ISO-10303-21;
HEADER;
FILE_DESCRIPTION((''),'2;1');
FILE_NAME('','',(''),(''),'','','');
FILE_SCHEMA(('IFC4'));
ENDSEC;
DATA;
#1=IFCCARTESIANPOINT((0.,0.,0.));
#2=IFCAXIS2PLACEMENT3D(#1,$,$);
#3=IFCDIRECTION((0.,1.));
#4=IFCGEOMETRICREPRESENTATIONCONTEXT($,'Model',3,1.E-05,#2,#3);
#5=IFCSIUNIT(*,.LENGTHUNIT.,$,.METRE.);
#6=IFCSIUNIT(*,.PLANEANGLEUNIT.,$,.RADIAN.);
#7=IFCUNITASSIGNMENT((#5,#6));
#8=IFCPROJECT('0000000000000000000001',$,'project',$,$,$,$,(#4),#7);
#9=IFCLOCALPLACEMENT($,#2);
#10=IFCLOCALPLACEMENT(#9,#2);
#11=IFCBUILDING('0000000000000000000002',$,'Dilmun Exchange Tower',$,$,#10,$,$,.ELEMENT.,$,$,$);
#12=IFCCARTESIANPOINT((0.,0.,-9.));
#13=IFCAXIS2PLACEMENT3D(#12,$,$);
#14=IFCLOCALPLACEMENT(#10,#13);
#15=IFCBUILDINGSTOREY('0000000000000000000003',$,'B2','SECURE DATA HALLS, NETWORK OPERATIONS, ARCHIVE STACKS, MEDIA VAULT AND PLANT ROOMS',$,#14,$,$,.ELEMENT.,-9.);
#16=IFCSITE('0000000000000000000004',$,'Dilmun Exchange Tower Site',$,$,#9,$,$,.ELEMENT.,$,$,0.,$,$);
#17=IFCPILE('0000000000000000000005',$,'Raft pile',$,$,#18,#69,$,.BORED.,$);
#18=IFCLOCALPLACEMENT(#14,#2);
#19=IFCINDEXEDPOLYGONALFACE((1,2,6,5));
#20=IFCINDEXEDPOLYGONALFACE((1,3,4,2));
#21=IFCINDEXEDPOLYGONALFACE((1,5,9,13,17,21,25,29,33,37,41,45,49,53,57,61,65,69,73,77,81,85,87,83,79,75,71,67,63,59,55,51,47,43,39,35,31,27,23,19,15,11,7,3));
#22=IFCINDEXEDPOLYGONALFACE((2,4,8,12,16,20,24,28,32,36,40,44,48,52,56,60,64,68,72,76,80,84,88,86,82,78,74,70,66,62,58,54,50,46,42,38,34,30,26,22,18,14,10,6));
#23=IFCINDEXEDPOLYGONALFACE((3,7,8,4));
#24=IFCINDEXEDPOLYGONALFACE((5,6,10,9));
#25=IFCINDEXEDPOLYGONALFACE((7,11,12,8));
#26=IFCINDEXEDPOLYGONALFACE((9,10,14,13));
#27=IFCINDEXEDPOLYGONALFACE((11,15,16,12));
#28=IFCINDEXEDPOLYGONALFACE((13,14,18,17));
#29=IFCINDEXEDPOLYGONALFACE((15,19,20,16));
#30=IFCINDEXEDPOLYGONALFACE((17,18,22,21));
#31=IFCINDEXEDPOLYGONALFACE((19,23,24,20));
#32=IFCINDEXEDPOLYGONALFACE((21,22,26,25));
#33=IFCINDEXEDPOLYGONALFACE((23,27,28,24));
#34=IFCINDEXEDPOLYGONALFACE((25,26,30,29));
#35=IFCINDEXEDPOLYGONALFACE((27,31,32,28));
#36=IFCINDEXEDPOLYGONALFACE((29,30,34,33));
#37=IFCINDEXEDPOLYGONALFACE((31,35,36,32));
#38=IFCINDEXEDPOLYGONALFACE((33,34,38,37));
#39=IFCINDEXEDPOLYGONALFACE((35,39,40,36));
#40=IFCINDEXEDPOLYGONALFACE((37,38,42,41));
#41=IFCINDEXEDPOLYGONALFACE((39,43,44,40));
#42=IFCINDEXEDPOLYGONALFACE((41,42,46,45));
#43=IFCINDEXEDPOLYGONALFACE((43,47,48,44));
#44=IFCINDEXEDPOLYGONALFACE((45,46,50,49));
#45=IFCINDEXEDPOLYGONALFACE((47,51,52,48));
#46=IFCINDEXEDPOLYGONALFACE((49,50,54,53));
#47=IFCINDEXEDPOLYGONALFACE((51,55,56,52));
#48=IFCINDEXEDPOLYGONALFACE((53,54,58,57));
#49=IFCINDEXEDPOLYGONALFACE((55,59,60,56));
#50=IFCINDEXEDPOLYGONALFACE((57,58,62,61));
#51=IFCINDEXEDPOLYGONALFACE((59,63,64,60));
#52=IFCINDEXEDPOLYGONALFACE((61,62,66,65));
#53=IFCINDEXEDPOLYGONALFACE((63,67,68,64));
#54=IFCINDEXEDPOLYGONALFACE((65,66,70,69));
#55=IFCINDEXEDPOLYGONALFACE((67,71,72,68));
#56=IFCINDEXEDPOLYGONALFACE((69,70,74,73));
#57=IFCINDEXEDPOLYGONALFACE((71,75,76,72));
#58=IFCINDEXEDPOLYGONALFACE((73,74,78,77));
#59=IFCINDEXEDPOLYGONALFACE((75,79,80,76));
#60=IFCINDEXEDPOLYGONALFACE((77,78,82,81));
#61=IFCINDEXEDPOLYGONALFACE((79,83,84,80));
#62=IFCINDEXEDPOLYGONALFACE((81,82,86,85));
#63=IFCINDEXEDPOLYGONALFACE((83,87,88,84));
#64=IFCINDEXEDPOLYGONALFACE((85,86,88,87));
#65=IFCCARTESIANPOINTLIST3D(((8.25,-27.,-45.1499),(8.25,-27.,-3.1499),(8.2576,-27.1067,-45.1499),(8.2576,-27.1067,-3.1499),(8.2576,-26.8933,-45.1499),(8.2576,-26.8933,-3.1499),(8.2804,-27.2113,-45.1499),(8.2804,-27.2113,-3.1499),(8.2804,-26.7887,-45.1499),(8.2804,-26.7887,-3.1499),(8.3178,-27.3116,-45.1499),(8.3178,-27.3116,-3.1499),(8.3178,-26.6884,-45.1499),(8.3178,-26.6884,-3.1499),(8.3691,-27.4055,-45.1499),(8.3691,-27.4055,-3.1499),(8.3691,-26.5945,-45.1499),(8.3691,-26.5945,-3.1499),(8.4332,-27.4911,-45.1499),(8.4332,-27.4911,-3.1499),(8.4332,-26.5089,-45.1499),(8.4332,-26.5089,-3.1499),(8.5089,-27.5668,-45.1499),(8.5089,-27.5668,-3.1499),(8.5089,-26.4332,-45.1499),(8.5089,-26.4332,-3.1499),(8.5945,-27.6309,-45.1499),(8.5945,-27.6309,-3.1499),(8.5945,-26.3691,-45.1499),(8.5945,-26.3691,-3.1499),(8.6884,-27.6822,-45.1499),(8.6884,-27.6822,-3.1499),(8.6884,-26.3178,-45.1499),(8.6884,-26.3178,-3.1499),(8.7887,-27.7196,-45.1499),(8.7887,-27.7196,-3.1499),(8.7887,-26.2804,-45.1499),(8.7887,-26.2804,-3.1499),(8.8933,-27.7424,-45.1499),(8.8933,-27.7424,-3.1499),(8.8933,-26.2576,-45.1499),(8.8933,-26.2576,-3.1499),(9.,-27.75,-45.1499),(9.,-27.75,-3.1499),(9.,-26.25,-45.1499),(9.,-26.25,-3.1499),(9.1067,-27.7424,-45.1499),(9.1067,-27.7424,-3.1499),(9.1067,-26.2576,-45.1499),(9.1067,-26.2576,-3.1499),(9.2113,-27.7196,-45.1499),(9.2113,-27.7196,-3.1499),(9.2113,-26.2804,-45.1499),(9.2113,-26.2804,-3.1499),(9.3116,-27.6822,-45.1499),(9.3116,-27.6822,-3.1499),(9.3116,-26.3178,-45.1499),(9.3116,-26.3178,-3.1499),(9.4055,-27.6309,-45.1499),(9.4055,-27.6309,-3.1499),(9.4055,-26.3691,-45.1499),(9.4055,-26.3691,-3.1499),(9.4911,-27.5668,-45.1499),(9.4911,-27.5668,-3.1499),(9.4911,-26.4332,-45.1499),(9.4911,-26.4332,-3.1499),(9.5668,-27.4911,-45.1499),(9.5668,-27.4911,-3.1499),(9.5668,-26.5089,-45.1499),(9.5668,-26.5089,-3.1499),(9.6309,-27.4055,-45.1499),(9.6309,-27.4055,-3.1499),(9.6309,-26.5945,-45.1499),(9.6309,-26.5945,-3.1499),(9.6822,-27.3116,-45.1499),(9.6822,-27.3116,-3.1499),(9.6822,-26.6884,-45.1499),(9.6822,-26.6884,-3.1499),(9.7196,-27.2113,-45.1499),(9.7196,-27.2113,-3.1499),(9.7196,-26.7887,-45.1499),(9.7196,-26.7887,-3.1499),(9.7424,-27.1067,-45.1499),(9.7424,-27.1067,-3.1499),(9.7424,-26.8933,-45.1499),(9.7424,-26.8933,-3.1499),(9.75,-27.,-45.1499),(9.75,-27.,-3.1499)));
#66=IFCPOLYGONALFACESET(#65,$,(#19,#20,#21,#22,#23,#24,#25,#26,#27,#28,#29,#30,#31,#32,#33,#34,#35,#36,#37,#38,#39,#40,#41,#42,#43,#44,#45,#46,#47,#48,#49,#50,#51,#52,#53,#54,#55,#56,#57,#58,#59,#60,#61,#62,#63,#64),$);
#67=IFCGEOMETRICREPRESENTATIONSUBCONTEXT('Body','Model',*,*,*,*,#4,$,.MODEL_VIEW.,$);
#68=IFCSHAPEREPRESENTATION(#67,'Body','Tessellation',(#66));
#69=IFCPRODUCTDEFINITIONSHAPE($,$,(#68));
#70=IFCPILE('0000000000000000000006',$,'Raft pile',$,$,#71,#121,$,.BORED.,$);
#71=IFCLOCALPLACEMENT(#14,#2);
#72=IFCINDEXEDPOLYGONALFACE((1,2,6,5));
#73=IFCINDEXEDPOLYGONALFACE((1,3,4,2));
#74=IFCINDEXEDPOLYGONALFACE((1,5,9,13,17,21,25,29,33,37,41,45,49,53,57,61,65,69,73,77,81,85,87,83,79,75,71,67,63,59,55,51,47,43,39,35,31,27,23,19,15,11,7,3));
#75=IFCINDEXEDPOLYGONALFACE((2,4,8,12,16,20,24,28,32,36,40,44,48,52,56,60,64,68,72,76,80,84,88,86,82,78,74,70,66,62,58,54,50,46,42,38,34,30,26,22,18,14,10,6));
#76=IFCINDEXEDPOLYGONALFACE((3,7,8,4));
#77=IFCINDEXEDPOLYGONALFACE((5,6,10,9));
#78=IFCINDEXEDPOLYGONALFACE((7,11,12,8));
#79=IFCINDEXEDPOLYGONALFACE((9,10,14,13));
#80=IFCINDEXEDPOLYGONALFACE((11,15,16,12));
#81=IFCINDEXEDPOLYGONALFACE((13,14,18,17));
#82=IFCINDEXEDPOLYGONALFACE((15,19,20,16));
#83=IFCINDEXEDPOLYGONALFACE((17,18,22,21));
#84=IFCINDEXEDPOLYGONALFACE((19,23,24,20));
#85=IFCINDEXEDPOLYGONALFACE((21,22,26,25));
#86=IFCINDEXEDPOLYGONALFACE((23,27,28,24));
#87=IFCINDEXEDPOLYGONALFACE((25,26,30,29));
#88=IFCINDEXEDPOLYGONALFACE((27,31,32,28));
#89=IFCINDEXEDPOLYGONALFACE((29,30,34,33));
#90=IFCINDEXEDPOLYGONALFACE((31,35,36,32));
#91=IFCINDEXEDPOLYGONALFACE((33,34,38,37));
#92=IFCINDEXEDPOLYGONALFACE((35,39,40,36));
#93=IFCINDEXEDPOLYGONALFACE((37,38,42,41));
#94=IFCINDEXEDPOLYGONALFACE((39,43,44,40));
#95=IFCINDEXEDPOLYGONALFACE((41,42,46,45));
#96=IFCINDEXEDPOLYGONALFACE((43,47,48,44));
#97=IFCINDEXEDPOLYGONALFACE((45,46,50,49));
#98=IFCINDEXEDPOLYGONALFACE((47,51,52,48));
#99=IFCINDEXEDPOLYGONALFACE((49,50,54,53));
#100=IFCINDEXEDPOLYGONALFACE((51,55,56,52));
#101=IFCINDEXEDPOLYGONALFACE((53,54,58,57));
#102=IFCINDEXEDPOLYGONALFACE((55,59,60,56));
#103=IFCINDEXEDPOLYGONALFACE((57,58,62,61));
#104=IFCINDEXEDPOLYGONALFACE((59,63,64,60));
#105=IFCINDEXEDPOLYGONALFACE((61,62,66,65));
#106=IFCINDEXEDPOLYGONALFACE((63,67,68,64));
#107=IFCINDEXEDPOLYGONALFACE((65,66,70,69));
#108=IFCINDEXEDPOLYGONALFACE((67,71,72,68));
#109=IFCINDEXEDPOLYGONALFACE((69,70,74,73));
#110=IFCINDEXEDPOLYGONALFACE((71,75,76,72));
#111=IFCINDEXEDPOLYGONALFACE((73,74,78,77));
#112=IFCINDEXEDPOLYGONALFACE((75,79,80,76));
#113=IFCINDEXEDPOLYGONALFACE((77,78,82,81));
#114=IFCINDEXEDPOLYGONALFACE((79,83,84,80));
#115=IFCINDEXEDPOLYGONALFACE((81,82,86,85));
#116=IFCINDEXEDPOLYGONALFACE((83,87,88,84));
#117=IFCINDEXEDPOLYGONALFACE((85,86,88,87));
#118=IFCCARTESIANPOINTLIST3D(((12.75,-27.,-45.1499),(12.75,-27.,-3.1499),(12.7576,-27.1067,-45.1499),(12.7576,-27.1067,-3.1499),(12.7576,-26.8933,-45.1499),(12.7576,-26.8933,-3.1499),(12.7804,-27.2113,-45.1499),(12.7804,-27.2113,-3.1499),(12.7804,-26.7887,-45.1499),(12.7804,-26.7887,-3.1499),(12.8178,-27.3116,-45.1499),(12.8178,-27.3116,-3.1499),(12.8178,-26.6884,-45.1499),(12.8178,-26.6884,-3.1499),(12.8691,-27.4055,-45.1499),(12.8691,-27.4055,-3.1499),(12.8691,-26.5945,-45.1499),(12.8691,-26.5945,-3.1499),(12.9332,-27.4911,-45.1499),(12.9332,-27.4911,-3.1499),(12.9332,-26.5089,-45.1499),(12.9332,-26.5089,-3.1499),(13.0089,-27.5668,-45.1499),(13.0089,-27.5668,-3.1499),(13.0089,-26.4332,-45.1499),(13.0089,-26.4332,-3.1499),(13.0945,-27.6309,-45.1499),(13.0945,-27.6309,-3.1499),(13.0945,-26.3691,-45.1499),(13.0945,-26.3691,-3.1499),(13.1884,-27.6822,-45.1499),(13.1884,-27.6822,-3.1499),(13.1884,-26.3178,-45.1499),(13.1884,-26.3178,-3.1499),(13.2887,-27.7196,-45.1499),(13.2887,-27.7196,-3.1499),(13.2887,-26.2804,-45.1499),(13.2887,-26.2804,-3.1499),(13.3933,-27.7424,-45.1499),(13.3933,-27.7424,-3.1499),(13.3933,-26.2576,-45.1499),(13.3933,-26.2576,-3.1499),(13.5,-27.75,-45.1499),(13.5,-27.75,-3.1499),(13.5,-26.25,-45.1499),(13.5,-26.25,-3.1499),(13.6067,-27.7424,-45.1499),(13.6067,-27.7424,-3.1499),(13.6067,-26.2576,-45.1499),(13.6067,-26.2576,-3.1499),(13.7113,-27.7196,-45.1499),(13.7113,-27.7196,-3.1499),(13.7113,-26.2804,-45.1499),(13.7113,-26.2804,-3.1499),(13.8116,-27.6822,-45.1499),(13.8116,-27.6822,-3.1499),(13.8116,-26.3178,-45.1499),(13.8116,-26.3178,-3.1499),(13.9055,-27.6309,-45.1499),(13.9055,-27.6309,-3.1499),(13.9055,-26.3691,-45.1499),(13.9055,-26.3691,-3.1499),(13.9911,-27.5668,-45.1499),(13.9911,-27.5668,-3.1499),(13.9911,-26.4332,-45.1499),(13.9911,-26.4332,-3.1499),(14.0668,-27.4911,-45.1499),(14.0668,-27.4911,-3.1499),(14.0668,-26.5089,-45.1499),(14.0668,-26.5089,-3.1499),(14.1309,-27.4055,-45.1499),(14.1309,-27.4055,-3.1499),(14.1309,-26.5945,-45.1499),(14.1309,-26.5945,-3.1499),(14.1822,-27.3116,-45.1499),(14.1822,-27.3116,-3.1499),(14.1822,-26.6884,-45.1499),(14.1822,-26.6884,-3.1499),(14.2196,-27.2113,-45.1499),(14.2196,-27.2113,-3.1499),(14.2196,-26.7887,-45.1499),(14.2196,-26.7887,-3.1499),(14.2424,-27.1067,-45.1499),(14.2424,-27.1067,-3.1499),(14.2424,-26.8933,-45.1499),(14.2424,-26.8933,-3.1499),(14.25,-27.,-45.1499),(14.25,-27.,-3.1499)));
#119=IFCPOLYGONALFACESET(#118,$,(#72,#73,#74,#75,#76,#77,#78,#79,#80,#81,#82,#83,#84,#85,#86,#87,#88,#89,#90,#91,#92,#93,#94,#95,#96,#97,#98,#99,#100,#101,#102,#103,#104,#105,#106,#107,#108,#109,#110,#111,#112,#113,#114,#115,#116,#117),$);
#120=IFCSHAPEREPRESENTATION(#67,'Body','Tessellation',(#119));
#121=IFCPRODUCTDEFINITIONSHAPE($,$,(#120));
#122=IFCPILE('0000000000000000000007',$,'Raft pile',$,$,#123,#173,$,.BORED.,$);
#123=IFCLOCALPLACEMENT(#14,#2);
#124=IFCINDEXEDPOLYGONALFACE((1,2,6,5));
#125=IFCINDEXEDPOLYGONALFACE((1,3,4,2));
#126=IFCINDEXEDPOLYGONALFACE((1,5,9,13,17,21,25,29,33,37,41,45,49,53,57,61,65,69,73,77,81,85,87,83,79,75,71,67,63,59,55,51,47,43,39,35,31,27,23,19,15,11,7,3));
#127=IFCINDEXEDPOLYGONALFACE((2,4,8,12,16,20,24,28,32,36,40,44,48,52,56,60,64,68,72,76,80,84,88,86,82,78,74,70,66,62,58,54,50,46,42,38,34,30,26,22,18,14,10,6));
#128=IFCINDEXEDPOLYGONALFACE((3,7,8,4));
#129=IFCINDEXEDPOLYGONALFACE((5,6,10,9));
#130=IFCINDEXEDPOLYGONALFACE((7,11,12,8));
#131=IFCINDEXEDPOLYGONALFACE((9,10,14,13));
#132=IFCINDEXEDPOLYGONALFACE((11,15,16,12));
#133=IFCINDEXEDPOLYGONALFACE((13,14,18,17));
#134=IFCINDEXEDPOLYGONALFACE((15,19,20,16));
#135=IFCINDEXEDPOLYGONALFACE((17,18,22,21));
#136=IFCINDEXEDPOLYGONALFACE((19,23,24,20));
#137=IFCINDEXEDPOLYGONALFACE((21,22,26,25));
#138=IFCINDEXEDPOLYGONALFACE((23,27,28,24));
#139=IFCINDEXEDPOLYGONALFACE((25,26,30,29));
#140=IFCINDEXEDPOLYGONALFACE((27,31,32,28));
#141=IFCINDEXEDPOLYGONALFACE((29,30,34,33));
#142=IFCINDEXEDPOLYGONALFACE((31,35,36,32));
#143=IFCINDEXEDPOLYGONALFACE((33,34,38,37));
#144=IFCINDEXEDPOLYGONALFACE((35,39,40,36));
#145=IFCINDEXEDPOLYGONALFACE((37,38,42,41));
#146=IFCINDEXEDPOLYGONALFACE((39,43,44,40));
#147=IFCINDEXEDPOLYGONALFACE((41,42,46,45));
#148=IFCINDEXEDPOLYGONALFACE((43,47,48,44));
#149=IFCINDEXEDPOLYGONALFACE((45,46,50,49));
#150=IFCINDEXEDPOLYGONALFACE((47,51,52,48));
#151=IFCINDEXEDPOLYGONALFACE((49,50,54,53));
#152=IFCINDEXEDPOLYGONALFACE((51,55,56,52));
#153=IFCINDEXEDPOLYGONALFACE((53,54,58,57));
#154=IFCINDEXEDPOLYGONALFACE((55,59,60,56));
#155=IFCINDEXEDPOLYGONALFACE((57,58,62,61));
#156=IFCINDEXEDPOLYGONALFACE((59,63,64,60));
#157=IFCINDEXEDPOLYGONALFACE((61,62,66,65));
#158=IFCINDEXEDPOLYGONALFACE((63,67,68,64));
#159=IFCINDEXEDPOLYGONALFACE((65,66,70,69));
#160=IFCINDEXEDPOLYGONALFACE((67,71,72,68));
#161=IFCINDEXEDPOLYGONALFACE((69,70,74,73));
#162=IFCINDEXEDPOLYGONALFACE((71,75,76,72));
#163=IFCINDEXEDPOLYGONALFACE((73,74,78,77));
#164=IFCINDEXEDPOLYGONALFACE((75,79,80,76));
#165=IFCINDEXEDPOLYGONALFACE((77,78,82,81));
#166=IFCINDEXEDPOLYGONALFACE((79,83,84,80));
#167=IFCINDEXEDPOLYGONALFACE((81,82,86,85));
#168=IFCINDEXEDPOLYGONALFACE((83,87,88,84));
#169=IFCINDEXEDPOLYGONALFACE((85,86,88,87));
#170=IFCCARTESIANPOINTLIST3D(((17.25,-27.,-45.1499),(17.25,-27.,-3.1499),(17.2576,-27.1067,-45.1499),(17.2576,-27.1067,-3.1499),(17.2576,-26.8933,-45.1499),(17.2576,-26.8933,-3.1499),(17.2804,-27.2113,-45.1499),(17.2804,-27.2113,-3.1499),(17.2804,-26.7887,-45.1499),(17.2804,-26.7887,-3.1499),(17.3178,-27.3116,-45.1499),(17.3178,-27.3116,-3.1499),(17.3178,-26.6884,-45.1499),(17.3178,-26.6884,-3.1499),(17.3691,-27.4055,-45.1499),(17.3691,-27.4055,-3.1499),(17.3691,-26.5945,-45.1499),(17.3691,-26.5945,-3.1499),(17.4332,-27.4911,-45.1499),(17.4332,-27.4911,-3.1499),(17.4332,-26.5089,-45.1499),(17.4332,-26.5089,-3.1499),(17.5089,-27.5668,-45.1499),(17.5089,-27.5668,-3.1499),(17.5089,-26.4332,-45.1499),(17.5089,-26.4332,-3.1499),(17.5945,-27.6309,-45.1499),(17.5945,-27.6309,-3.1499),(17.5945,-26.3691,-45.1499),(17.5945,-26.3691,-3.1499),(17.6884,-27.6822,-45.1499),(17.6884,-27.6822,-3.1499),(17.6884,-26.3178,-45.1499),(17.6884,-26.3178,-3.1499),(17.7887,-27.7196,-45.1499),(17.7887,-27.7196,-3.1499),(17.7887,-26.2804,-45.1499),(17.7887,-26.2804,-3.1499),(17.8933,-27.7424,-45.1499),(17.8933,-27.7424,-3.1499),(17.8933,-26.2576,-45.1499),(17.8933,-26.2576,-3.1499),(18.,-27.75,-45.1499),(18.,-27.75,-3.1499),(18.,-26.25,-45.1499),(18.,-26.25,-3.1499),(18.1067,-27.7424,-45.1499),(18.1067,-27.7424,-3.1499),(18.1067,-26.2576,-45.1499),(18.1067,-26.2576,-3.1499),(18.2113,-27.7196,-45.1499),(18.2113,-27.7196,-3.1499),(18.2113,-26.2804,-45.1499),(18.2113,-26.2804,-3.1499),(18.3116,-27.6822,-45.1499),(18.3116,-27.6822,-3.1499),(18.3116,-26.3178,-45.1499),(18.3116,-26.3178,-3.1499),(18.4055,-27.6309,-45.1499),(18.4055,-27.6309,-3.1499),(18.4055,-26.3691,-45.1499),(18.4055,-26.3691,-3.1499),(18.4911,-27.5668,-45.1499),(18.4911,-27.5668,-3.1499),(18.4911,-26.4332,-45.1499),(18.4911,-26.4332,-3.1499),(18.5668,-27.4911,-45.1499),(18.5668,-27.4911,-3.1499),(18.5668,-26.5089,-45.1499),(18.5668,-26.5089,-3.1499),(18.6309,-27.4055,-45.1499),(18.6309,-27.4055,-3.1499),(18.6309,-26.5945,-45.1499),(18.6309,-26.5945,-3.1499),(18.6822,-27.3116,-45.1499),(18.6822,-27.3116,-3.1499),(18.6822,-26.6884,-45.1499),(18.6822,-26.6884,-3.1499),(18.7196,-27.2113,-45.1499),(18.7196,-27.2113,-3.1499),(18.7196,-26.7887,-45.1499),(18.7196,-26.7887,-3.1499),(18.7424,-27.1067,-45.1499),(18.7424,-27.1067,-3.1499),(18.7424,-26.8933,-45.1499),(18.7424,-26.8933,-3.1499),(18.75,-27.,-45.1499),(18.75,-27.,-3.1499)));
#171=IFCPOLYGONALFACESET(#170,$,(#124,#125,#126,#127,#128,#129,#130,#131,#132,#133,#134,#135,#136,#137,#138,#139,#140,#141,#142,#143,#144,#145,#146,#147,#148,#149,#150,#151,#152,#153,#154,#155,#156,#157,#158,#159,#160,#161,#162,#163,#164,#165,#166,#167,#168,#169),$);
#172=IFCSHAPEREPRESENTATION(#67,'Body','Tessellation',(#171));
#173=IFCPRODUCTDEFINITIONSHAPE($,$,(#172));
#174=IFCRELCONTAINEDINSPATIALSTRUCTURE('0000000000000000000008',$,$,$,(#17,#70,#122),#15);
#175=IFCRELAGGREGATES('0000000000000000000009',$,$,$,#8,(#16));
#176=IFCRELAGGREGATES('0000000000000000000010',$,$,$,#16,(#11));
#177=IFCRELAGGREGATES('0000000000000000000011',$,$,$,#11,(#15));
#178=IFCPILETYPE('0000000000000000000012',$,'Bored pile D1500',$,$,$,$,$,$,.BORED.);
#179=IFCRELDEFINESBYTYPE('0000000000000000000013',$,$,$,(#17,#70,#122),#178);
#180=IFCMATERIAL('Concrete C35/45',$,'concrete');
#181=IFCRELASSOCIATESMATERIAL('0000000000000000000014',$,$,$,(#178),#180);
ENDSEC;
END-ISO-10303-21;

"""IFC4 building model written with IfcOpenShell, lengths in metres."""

from ifc_helpers import new_model, si_unit, direction, frame, origin, origin_2d, place, context, subcontext, project, spatial, circle, extrude, material, material_profile, profile_set, type_object, element, save


model = new_model("IFC4")

# Units and contexts
model_context = context("Model", 3, precision=1e-05, world=origin(), true_north=direction((0.0, 1.0)))
body_context = subcontext(model_context, "Body", "Model", "MODEL_VIEW")
ifc_project = project(units=[si_unit("LENGTHUNIT", "METRE"), si_unit("PLANEANGLEUNIT", "RADIAN")], contexts=[model_context])

# Site, building, storey
site_placement = place(None, origin())
site = spatial("IfcSite", under=ifc_project, at=site_placement, Name="Dilmun Exchange Tower Site", CompositionType="ELEMENT", RefElevation=0.0)
building_placement = place(site_placement, origin())
building = spatial("IfcBuilding", under=site, at=building_placement, Name="Dilmun Exchange Tower", CompositionType="ELEMENT")
storey_placement = place(building_placement, frame((0.0, 0.0, -9.0)))
storey = spatial("IfcBuildingStorey", under=building, at=storey_placement, Name="B2", Description="SECURE DATA HALLS, NETWORK OPERATIONS, ARCHIVE STACKS, MEDIA VAULT AND PLANT ROOMS", CompositionType="ELEMENT", Elevation=-9.0)

# Piles
ifc_material_1 = material(Name="Concrete C35/45", Category="concrete")
ifc_material_profile_1 = material_profile(ifc_material_1, circle(Radius=0.75, at=origin_2d()), Name="D1500")
ifc_profile_set_1 = profile_set([ifc_material_profile_1], Name="Concrete C35/45")
pile_type = type_object("IfcPileType", Name="Bored pile D1500", PredefinedType="BORED", material=ifc_profile_set_1)
for number, where, z_axis, x_axis, name in (
    (1, (9.0, -27.0, -3.1499), (0.0, 0.0, -1.0), (1.0, 0.0, 0.0), "Raft pile"),
    (2, (13.5, -27.0, -3.1499), (0.0, 0.0, -1.0), (1.0, 0.0, 0.0), "Raft pile"),
    (3, (18.0, -27.0, -3.1499), (0.0, 0.0, -1.0), (1.0, 0.0, 0.0), "Raft pile"),
):
    element("IfcPile", number, at=place(storey_placement, frame(where, z_axis=z_axis, x_axis=x_axis)), inside=storey, type_object=pile_type, Name=name, PredefinedType="BORED", context=body_context, shape_type="SweptSolid", body=[
        extrude(circle(Radius=0.75, at=origin_2d()), origin(), (0.0, 0.0, 1.0), 42.0),
    ])

save(model, "model.ifc")
